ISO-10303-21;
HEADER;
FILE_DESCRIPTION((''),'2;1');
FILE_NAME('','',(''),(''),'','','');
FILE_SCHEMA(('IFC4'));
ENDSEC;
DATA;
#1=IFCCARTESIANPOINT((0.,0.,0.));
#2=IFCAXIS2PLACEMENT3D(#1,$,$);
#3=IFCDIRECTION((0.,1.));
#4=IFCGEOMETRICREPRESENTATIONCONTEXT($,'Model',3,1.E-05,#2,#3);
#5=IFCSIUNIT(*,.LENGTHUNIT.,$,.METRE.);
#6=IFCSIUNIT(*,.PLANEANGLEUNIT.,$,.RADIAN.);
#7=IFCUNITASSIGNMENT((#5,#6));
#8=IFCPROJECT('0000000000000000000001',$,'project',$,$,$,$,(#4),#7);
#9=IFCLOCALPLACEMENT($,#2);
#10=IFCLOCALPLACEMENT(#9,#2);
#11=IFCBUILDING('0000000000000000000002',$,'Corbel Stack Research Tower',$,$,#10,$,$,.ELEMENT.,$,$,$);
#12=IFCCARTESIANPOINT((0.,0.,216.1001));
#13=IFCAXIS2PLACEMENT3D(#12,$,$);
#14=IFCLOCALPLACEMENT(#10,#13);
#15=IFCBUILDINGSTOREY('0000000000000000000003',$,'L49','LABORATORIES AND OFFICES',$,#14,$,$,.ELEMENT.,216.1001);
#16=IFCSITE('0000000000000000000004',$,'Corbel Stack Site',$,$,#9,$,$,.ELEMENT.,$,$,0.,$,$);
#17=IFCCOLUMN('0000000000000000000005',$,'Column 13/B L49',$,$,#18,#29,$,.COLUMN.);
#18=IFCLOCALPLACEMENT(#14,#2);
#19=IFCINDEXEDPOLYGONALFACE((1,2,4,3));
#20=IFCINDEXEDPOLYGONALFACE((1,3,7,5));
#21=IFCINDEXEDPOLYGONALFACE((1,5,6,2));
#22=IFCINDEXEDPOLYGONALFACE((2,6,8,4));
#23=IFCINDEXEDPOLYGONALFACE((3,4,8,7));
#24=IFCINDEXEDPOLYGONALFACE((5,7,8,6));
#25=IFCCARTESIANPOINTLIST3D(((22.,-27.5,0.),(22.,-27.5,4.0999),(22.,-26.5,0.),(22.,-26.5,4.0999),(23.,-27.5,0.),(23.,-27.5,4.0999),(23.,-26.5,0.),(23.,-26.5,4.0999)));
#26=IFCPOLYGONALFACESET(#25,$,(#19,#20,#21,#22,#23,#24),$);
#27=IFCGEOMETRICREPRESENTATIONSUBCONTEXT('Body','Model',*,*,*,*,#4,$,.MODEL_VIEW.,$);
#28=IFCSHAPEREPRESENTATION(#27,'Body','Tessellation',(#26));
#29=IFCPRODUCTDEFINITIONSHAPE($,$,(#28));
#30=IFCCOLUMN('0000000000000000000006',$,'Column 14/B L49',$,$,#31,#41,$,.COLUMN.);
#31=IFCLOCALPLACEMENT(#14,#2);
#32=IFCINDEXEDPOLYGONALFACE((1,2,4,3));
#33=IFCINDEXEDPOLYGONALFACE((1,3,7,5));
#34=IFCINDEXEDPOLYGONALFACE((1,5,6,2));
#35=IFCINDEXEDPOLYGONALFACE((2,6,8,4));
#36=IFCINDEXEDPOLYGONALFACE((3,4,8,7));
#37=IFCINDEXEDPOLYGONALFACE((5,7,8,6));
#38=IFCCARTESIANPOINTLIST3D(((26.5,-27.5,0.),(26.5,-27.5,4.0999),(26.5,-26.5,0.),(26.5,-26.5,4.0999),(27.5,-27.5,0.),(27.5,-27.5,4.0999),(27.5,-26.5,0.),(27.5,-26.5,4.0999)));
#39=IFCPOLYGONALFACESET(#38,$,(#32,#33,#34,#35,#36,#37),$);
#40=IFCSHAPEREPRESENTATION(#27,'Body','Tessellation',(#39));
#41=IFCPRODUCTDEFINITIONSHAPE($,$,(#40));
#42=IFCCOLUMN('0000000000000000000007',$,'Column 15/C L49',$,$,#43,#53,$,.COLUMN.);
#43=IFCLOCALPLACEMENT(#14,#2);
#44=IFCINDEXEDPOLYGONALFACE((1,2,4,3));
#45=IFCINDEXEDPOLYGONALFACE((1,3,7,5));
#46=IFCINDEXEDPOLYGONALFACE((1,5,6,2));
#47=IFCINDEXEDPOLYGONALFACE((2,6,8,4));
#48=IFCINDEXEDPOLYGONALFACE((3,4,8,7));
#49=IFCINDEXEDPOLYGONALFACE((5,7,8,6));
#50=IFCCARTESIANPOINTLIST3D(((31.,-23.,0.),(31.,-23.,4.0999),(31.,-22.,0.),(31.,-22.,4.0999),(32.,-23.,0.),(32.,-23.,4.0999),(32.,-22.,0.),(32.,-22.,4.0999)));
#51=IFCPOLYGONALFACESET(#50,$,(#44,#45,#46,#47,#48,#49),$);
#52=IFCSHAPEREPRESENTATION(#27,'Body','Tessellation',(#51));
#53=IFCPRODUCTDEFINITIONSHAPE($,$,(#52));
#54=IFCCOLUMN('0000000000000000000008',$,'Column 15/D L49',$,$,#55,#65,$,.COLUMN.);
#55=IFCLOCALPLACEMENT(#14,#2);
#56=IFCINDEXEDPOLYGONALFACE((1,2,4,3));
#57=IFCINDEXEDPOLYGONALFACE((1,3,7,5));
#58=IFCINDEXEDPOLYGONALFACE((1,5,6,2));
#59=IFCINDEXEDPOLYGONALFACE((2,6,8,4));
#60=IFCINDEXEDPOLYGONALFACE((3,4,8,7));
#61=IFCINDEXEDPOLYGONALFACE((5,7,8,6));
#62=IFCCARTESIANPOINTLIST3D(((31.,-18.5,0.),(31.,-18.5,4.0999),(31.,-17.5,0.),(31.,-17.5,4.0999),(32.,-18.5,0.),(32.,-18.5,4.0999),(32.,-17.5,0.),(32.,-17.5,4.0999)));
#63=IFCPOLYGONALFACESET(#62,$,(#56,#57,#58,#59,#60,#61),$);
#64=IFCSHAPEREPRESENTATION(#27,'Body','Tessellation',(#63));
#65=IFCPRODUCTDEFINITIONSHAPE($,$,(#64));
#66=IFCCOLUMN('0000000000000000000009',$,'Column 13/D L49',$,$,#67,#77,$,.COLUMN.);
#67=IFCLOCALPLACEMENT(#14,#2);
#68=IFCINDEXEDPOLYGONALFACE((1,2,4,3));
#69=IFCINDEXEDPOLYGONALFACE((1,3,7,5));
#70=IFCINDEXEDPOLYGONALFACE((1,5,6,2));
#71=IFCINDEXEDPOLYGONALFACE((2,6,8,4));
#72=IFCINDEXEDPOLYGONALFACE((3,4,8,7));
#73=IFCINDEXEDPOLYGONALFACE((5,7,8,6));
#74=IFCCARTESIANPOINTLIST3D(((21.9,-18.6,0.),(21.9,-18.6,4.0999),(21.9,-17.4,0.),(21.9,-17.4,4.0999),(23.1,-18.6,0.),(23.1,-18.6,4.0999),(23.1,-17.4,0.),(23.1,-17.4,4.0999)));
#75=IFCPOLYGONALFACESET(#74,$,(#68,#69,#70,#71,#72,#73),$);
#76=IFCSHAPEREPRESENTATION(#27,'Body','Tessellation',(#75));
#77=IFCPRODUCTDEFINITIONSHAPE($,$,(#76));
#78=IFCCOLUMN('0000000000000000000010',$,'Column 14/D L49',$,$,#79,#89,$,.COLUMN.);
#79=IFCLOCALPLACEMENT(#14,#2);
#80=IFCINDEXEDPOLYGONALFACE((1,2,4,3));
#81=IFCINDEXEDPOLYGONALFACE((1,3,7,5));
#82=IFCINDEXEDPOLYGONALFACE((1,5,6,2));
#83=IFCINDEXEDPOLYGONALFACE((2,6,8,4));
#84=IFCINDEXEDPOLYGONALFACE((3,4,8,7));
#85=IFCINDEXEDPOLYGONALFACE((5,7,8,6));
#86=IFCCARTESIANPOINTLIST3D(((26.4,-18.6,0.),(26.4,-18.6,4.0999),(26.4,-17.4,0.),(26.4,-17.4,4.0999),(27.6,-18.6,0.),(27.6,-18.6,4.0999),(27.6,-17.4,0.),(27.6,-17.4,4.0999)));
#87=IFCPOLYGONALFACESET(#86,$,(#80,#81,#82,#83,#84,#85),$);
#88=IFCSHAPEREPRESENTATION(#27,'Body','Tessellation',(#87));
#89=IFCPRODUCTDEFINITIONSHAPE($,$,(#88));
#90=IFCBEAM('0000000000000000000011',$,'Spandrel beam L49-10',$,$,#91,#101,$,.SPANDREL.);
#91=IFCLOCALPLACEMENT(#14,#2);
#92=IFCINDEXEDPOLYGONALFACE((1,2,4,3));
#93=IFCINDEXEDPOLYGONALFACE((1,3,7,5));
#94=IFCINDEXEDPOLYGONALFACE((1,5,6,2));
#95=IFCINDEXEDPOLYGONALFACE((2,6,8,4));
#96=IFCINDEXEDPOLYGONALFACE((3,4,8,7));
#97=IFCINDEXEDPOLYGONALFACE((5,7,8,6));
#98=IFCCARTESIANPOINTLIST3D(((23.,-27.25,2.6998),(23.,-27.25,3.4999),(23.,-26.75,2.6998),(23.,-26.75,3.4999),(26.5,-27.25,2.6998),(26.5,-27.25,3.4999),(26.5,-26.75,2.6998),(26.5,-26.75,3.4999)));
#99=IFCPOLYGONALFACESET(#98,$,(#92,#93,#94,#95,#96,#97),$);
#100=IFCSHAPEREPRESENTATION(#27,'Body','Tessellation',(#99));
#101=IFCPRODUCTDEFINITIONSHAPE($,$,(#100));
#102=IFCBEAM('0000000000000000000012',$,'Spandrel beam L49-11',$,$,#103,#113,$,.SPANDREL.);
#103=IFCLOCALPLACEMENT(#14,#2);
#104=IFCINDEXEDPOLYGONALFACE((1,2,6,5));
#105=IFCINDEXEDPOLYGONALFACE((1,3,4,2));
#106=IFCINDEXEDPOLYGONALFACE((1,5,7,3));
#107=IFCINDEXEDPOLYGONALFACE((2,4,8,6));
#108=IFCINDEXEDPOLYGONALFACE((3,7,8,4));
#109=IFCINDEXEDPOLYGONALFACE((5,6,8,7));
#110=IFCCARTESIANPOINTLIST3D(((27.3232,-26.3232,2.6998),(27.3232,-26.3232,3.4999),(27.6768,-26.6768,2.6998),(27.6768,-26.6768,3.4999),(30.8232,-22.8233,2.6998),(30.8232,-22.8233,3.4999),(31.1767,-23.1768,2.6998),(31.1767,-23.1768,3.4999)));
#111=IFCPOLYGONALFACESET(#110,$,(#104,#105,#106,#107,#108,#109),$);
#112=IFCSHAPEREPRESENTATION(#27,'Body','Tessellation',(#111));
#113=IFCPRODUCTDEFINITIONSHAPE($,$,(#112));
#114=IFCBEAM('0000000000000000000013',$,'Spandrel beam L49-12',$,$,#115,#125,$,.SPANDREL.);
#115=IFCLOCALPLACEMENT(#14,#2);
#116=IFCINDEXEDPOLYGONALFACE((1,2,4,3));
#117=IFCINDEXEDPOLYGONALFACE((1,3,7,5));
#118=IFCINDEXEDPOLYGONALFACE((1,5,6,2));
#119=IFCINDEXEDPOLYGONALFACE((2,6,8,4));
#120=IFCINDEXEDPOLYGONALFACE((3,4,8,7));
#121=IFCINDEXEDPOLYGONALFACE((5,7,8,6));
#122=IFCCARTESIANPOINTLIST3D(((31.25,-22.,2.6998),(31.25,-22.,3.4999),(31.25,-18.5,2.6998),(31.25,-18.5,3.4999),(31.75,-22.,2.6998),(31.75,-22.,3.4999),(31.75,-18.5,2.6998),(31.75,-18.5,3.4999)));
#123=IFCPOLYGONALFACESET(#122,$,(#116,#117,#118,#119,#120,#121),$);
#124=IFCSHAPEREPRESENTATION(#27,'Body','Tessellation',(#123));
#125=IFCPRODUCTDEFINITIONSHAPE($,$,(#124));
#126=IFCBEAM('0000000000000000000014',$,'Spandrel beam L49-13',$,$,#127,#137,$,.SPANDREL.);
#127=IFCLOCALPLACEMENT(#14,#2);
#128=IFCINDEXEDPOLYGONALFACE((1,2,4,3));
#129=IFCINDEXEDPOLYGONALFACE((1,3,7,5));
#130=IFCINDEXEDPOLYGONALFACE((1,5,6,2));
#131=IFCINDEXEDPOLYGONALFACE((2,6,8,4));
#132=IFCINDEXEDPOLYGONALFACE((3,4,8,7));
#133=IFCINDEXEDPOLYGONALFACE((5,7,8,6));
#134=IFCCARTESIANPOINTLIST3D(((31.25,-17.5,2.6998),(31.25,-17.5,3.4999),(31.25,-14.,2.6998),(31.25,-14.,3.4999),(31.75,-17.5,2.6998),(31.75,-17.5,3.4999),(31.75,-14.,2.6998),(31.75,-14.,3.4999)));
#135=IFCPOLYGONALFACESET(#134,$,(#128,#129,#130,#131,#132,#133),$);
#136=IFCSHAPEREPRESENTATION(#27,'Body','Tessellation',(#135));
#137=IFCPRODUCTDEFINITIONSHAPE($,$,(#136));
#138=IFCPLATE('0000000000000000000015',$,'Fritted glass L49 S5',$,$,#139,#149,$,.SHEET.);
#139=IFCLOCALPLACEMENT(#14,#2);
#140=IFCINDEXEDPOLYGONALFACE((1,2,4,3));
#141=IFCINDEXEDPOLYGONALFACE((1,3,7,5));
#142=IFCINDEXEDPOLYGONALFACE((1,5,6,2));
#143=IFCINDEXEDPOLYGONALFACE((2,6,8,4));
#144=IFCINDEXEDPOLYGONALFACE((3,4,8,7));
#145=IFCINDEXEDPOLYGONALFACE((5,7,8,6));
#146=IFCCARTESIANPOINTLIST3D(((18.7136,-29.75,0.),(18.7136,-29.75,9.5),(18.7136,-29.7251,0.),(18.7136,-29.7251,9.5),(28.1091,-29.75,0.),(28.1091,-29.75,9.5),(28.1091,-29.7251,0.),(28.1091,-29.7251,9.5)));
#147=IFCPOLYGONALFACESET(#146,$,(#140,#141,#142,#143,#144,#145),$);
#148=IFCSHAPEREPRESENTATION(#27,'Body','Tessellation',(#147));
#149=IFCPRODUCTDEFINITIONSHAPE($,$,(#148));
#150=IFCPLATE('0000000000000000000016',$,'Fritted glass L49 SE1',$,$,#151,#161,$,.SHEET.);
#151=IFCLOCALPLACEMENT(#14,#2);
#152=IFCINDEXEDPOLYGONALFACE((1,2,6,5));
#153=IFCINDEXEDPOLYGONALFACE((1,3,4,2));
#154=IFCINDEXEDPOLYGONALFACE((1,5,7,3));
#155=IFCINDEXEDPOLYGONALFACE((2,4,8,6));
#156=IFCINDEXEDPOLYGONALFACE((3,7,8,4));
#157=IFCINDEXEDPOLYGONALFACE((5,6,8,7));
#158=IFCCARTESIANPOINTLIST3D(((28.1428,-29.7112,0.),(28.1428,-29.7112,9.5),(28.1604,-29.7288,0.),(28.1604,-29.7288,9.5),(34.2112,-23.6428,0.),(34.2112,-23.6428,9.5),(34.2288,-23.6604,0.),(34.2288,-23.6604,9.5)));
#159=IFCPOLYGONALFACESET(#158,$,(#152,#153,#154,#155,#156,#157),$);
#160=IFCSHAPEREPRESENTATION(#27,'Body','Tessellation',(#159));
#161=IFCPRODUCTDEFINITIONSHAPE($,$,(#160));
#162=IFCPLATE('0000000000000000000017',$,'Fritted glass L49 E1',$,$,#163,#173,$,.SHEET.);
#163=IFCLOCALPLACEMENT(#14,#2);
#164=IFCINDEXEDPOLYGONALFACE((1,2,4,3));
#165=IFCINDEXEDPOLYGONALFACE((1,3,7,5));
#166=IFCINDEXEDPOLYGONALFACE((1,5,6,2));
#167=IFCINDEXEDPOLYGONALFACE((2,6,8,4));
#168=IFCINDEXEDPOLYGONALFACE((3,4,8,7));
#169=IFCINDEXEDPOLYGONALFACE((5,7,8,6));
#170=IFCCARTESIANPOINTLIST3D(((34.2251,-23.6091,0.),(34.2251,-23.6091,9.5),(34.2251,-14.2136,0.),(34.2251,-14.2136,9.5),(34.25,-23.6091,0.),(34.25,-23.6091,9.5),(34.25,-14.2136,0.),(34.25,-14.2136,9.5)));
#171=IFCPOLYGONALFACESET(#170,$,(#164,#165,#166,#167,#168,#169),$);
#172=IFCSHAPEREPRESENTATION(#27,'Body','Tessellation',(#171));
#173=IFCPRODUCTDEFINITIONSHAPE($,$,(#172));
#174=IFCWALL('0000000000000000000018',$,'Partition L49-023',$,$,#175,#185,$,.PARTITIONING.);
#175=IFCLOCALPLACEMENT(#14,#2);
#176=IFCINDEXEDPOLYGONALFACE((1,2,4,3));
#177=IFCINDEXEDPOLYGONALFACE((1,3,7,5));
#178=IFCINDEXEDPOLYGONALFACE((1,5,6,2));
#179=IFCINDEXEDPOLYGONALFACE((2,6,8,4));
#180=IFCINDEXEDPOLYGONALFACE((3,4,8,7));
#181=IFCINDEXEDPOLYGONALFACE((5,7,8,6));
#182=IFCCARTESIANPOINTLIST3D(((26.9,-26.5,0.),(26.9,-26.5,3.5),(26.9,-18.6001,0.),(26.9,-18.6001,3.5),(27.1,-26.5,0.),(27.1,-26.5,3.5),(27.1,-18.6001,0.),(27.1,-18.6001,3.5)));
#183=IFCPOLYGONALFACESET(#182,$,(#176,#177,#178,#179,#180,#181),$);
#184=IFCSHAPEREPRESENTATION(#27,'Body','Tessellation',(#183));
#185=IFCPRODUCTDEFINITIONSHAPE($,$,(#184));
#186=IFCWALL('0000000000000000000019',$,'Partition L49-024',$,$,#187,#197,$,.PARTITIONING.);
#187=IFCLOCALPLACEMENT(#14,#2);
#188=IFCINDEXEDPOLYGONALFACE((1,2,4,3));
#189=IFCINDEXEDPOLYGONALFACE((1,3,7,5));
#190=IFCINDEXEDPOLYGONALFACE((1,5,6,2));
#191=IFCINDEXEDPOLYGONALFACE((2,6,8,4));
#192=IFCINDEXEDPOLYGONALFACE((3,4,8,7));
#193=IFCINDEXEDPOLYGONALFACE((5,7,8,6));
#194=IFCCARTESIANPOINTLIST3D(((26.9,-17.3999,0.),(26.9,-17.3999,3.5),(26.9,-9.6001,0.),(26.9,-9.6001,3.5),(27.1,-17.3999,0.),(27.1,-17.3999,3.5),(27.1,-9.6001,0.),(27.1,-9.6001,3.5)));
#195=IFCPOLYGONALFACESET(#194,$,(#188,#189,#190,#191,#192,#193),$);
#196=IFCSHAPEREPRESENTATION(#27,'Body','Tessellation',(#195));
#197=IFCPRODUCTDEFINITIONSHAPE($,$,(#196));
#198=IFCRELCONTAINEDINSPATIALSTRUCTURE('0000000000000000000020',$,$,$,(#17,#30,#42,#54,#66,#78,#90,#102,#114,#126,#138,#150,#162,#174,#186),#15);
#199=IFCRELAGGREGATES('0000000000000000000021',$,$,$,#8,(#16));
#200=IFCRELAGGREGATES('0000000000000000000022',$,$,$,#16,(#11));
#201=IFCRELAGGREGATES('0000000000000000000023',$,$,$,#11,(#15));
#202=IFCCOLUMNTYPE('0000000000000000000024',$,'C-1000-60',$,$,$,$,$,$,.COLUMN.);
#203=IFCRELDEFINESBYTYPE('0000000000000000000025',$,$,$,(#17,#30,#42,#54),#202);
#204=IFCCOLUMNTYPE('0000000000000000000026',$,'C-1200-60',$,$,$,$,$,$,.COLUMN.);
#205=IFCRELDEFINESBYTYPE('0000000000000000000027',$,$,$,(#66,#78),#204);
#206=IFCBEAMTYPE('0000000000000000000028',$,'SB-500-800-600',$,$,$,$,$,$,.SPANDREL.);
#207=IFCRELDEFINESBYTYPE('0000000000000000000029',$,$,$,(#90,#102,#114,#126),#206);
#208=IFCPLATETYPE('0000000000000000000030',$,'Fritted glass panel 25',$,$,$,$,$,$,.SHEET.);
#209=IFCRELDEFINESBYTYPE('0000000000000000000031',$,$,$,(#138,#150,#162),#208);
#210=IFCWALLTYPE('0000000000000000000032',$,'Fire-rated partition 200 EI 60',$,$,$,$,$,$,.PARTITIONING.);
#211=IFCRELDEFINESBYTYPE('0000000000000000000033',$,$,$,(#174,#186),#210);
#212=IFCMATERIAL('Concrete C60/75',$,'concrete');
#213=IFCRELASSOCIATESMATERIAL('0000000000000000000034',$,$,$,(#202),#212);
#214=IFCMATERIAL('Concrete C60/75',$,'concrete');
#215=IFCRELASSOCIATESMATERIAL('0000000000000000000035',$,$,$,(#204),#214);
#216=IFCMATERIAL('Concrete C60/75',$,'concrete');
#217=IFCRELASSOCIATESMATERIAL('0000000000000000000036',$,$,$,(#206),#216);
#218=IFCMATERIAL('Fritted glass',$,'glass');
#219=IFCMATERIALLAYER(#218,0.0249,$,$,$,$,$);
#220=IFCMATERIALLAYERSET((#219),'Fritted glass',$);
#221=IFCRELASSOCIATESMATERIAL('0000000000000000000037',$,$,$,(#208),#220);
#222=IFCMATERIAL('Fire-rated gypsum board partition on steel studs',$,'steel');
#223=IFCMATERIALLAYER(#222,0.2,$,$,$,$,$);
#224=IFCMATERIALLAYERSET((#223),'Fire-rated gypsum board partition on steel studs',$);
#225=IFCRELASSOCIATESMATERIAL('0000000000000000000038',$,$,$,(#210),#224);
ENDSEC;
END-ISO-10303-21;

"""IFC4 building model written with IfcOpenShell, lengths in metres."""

from ifc_helpers import new_model, si_unit, direction, frame, frame_2d, origin, origin_2d, place, context, subcontext, project, spatial, rectangle, extrude, material, layer, layer_set, material_profile, profile_set, type_object, element, save


model = new_model("IFC4")

# Units and contexts
model_context = context("Model", 3, precision=1e-05, world=origin(), true_north=direction((0.0, 1.0)))
body_context = subcontext(model_context, "Body", "Model", "MODEL_VIEW")
ifc_project = project(units=[si_unit("LENGTHUNIT", "METRE"), si_unit("PLANEANGLEUNIT", "RADIAN")], contexts=[model_context])

# Site, building, storey
site_placement = place(None, origin())
site = spatial("IfcSite", under=ifc_project, at=site_placement, Name="Corbel Stack Site", CompositionType="ELEMENT", RefElevation=0.0)
building_placement = place(site_placement, origin())
building = spatial("IfcBuilding", under=site, at=building_placement, Name="Corbel Stack Research Tower", CompositionType="ELEMENT")
storey_placement = place(building_placement, frame((0.0, 0.0, 216.1001)))
storey = spatial("IfcBuildingStorey", under=building, at=storey_placement, Name="L49", Description="LABORATORIES AND OFFICES", CompositionType="ELEMENT", Elevation=216.1001)

# Columns
ifc_material_1 = material(Name="Concrete C60/75", Category="concrete")
ifc_material_profile_1 = material_profile(ifc_material_1, rectangle(XDim=1.0, YDim=1.0, at=origin_2d()), Name="RC 1000 x 1000")
ifc_profile_set_1 = profile_set([ifc_material_profile_1], Name="Concrete C60/75")
column_type_1 = type_object("IfcColumnType", Name="C-1000-60", PredefinedType="COLUMN", material=ifc_profile_set_1)
for number, where, z_axis, x_axis, name in (
    (1, (22.5, -27.0, 0.0), (0.0, 0.0, 1.0), (1.0, 0.0, 0.0), "Column 13/B L49"),
    (2, (27.0, -27.0, 0.0), (0.0, 0.0, 1.0), (1.0, 0.0, 0.0), "Column 14/B L49"),
    (3, (31.5, -22.5, 0.0), (0.0, 0.0, 1.0), (1.0, 0.0, 0.0), "Column 15/C L49"),
    (4, (31.5, -18.0, 0.0), (0.0, 0.0, 1.0), (1.0, 0.0, 0.0), "Column 15/D L49"),
):
    element("IfcColumn", number, at=place(storey_placement, frame(where, z_axis=z_axis, x_axis=x_axis)), inside=storey, type_object=column_type_1, Name=name, PredefinedType="COLUMN", context=body_context, shape_type="SweptSolid", body=[
        extrude(rectangle(XDim=1.0, YDim=1.0, at=origin_2d()), origin(), (0.0, 0.0, 1.0), 4.0999),
    ])
ifc_material_2 = material(Name="Concrete C60/75", Category="concrete")
ifc_material_profile_2 = material_profile(ifc_material_2, rectangle(XDim=1.2, YDim=1.2, at=origin_2d()), Name="RC 1200 x 1200")
ifc_profile_set_2 = profile_set([ifc_material_profile_2], Name="Concrete C60/75")
column_type_2 = type_object("IfcColumnType", Name="C-1200-60", PredefinedType="COLUMN", material=ifc_profile_set_2)
for number, where, z_axis, x_axis, name in (
    (5, (22.5, -18.0, 0.0), (0.0, 0.0, 1.0), (1.0, 0.0, 0.0), "Column 13/D L49"),
    (6, (27.0, -18.0, 0.0), (0.0, 0.0, 1.0), (1.0, 0.0, 0.0), "Column 14/D L49"),
):
    element("IfcColumn", number, at=place(storey_placement, frame(where, z_axis=z_axis, x_axis=x_axis)), inside=storey, type_object=column_type_2, Name=name, PredefinedType="COLUMN", context=body_context, shape_type="SweptSolid", body=[
        extrude(rectangle(XDim=1.2, YDim=1.2, at=origin_2d()), origin(), (0.0, 0.0, 1.0), 4.0999),
    ])

# Beams
ifc_material_3 = material(Name="Concrete C60/75", Category="concrete")
ifc_material_profile_3 = material_profile(ifc_material_3, rectangle(XDim=0.5, YDim=0.8, at=origin_2d()), Name="RC 500 x 800")
ifc_profile_set_3 = profile_set([ifc_material_profile_3], Name="Concrete C60/75")
beam_type = type_object("IfcBeamType", Name="SB-500-800-600", PredefinedType="SPANDREL", material=ifc_profile_set_3)
beam_1_placement = place(storey_placement, frame((23.0, -27.0, 3.0999), z_axis=(1.0, 0.0, 0.0), x_axis=(0.0, 1.0, 0.0)))
element("IfcBeam", 7, at=beam_1_placement, inside=storey, type_object=beam_type, Name="Spandrel beam L49-10", PredefinedType="SPANDREL", context=body_context, shape_type="SweptSolid", body=[
    extrude(rectangle(XDim=0.5, YDim=0.8, at=origin_2d()), origin(), (0.0, 0.0, 1.0), 3.5),
])
beam_2_placement = place(storey_placement, frame((27.5, -26.5, 3.0999), z_axis=(0.707107, 0.707107, 0.0), x_axis=(-0.707107, 0.707107, 0.0)))
element("IfcBeam", 8, at=beam_2_placement, inside=storey, type_object=beam_type, Name="Spandrel beam L49-11", PredefinedType="SPANDREL", context=body_context, shape_type="SweptSolid", body=[
    extrude(rectangle(XDim=0.5, YDim=0.8, at=origin_2d()), origin(), (0.0, 0.0, 1.0), 4.9497),
])
for number, where, z_axis, x_axis, name in (
    (9, (31.5, -22.0, 3.0999), (0.0, 1.0, 0.0), (-1.0, 0.0, 0.0), "Spandrel beam L49-12"),
    (10, (31.5, -17.5, 3.0999), (0.0, 1.0, 0.0), (-1.0, 0.0, 0.0), "Spandrel beam L49-13"),
):
    element("IfcBeam", number, at=place(storey_placement, frame(where, z_axis=z_axis, x_axis=x_axis)), inside=storey, type_object=beam_type, Name=name, PredefinedType="SPANDREL", context=body_context, shape_type="SweptSolid", body=[
        extrude(rectangle(XDim=0.5, YDim=0.8, at=origin_2d()), origin(), (0.0, 0.0, 1.0), 3.5),
    ])

# Plates
ifc_material_4 = material(Name="Fritted glass", Category="glass")
ifc_layer_1 = layer(ifc_material_4, 0.0249)
ifc_layer_set_1 = layer_set([ifc_layer_1], Name="Fritted glass")
plate_type = type_object("IfcPlateType", Name="Fritted glass panel 25", PredefinedType="SHEET", material=ifc_layer_set_1)
plate_1_placement = place(storey_placement, frame((23.4114, -29.7375, 0.0), z_axis=(0.0, 0.0, 1.0), x_axis=(1.0, 0.0, 0.0)))
element("IfcPlate", 11, at=plate_1_placement, inside=storey, type_object=plate_type, Name="Fritted glass L49 S5", PredefinedType="SHEET", context=body_context, shape_type="SweptSolid", body=[
    extrude(rectangle(XDim=9.3955, YDim=0.0249, at=origin_2d()), origin(), (0.0, 0.0, 1.0), 9.5),
])
plate_2_placement = place(storey_placement, frame((31.1858, -26.6858, 0.0), z_axis=(0.0, 0.0, 1.0), x_axis=(0.707107, 0.707107, 0.0)))
element("IfcPlate", 12, at=plate_2_placement, inside=storey, type_object=plate_type, Name="Fritted glass L49 SE1", PredefinedType="SHEET", context=body_context, shape_type="SweptSolid", body=[
    extrude(rectangle(XDim=8.582, YDim=0.0249, at=origin_2d()), origin(), (0.0, 0.0, 1.0), 9.5),
])
plate_3_placement = place(storey_placement, frame((34.2375, -18.9114, 0.0), z_axis=(0.0, 0.0, 1.0), x_axis=(0.0, 1.0, 0.0)))
element("IfcPlate", 13, at=plate_3_placement, inside=storey, type_object=plate_type, Name="Fritted glass L49 E1", PredefinedType="SHEET", context=body_context, shape_type="SweptSolid", body=[
    extrude(rectangle(XDim=9.3955, YDim=0.0249, at=origin_2d()), origin(), (0.0, 0.0, 1.0), 9.5),
])

# Walls
ifc_material_5 = material(Name="Fire-rated gypsum board partition on steel studs", Category="steel")
ifc_layer_2 = layer(ifc_material_5, 0.2)
ifc_layer_set_2 = layer_set([ifc_layer_2], Name="Fire-rated gypsum board partition on steel studs")
wall_type_1 = type_object("IfcWallType", Name="Fire-rated partition 200 EI 60", PredefinedType="PARTITIONING", material=ifc_layer_set_2)
wall_1_placement = place(storey_placement, frame((27.0, -26.5, 0.0), z_axis=(0.0, 0.0, 1.0), x_axis=(0.0, 1.0, 0.0)))
element("IfcWall", 14, at=wall_1_placement, inside=storey, type_object=wall_type_1, Name="Partition L49-023", PredefinedType="PARTITIONING", context=body_context, shape_type="SweptSolid", body=[
    extrude(rectangle(XDim=7.8999, YDim=0.2, at=frame_2d((3.95, 0.0))), origin(), (0.0, 0.0, 1.0), 3.5),
])
wall_2_placement = place(storey_placement, frame((27.0, -17.3999, 0.0), z_axis=(0.0, 0.0, 1.0), x_axis=(0.0, 1.0, 0.0)))
element("IfcWall", 15, at=wall_2_placement, inside=storey, type_object=wall_type_1, Name="Partition L49-024", PredefinedType="PARTITIONING", context=body_context, shape_type="SweptSolid", body=[
    extrude(rectangle(XDim=7.7998, YDim=0.2, at=frame_2d((3.8999, 0.0))), origin(), (0.0, 0.0, 1.0), 3.5),
])

save(model, "model.ifc")
